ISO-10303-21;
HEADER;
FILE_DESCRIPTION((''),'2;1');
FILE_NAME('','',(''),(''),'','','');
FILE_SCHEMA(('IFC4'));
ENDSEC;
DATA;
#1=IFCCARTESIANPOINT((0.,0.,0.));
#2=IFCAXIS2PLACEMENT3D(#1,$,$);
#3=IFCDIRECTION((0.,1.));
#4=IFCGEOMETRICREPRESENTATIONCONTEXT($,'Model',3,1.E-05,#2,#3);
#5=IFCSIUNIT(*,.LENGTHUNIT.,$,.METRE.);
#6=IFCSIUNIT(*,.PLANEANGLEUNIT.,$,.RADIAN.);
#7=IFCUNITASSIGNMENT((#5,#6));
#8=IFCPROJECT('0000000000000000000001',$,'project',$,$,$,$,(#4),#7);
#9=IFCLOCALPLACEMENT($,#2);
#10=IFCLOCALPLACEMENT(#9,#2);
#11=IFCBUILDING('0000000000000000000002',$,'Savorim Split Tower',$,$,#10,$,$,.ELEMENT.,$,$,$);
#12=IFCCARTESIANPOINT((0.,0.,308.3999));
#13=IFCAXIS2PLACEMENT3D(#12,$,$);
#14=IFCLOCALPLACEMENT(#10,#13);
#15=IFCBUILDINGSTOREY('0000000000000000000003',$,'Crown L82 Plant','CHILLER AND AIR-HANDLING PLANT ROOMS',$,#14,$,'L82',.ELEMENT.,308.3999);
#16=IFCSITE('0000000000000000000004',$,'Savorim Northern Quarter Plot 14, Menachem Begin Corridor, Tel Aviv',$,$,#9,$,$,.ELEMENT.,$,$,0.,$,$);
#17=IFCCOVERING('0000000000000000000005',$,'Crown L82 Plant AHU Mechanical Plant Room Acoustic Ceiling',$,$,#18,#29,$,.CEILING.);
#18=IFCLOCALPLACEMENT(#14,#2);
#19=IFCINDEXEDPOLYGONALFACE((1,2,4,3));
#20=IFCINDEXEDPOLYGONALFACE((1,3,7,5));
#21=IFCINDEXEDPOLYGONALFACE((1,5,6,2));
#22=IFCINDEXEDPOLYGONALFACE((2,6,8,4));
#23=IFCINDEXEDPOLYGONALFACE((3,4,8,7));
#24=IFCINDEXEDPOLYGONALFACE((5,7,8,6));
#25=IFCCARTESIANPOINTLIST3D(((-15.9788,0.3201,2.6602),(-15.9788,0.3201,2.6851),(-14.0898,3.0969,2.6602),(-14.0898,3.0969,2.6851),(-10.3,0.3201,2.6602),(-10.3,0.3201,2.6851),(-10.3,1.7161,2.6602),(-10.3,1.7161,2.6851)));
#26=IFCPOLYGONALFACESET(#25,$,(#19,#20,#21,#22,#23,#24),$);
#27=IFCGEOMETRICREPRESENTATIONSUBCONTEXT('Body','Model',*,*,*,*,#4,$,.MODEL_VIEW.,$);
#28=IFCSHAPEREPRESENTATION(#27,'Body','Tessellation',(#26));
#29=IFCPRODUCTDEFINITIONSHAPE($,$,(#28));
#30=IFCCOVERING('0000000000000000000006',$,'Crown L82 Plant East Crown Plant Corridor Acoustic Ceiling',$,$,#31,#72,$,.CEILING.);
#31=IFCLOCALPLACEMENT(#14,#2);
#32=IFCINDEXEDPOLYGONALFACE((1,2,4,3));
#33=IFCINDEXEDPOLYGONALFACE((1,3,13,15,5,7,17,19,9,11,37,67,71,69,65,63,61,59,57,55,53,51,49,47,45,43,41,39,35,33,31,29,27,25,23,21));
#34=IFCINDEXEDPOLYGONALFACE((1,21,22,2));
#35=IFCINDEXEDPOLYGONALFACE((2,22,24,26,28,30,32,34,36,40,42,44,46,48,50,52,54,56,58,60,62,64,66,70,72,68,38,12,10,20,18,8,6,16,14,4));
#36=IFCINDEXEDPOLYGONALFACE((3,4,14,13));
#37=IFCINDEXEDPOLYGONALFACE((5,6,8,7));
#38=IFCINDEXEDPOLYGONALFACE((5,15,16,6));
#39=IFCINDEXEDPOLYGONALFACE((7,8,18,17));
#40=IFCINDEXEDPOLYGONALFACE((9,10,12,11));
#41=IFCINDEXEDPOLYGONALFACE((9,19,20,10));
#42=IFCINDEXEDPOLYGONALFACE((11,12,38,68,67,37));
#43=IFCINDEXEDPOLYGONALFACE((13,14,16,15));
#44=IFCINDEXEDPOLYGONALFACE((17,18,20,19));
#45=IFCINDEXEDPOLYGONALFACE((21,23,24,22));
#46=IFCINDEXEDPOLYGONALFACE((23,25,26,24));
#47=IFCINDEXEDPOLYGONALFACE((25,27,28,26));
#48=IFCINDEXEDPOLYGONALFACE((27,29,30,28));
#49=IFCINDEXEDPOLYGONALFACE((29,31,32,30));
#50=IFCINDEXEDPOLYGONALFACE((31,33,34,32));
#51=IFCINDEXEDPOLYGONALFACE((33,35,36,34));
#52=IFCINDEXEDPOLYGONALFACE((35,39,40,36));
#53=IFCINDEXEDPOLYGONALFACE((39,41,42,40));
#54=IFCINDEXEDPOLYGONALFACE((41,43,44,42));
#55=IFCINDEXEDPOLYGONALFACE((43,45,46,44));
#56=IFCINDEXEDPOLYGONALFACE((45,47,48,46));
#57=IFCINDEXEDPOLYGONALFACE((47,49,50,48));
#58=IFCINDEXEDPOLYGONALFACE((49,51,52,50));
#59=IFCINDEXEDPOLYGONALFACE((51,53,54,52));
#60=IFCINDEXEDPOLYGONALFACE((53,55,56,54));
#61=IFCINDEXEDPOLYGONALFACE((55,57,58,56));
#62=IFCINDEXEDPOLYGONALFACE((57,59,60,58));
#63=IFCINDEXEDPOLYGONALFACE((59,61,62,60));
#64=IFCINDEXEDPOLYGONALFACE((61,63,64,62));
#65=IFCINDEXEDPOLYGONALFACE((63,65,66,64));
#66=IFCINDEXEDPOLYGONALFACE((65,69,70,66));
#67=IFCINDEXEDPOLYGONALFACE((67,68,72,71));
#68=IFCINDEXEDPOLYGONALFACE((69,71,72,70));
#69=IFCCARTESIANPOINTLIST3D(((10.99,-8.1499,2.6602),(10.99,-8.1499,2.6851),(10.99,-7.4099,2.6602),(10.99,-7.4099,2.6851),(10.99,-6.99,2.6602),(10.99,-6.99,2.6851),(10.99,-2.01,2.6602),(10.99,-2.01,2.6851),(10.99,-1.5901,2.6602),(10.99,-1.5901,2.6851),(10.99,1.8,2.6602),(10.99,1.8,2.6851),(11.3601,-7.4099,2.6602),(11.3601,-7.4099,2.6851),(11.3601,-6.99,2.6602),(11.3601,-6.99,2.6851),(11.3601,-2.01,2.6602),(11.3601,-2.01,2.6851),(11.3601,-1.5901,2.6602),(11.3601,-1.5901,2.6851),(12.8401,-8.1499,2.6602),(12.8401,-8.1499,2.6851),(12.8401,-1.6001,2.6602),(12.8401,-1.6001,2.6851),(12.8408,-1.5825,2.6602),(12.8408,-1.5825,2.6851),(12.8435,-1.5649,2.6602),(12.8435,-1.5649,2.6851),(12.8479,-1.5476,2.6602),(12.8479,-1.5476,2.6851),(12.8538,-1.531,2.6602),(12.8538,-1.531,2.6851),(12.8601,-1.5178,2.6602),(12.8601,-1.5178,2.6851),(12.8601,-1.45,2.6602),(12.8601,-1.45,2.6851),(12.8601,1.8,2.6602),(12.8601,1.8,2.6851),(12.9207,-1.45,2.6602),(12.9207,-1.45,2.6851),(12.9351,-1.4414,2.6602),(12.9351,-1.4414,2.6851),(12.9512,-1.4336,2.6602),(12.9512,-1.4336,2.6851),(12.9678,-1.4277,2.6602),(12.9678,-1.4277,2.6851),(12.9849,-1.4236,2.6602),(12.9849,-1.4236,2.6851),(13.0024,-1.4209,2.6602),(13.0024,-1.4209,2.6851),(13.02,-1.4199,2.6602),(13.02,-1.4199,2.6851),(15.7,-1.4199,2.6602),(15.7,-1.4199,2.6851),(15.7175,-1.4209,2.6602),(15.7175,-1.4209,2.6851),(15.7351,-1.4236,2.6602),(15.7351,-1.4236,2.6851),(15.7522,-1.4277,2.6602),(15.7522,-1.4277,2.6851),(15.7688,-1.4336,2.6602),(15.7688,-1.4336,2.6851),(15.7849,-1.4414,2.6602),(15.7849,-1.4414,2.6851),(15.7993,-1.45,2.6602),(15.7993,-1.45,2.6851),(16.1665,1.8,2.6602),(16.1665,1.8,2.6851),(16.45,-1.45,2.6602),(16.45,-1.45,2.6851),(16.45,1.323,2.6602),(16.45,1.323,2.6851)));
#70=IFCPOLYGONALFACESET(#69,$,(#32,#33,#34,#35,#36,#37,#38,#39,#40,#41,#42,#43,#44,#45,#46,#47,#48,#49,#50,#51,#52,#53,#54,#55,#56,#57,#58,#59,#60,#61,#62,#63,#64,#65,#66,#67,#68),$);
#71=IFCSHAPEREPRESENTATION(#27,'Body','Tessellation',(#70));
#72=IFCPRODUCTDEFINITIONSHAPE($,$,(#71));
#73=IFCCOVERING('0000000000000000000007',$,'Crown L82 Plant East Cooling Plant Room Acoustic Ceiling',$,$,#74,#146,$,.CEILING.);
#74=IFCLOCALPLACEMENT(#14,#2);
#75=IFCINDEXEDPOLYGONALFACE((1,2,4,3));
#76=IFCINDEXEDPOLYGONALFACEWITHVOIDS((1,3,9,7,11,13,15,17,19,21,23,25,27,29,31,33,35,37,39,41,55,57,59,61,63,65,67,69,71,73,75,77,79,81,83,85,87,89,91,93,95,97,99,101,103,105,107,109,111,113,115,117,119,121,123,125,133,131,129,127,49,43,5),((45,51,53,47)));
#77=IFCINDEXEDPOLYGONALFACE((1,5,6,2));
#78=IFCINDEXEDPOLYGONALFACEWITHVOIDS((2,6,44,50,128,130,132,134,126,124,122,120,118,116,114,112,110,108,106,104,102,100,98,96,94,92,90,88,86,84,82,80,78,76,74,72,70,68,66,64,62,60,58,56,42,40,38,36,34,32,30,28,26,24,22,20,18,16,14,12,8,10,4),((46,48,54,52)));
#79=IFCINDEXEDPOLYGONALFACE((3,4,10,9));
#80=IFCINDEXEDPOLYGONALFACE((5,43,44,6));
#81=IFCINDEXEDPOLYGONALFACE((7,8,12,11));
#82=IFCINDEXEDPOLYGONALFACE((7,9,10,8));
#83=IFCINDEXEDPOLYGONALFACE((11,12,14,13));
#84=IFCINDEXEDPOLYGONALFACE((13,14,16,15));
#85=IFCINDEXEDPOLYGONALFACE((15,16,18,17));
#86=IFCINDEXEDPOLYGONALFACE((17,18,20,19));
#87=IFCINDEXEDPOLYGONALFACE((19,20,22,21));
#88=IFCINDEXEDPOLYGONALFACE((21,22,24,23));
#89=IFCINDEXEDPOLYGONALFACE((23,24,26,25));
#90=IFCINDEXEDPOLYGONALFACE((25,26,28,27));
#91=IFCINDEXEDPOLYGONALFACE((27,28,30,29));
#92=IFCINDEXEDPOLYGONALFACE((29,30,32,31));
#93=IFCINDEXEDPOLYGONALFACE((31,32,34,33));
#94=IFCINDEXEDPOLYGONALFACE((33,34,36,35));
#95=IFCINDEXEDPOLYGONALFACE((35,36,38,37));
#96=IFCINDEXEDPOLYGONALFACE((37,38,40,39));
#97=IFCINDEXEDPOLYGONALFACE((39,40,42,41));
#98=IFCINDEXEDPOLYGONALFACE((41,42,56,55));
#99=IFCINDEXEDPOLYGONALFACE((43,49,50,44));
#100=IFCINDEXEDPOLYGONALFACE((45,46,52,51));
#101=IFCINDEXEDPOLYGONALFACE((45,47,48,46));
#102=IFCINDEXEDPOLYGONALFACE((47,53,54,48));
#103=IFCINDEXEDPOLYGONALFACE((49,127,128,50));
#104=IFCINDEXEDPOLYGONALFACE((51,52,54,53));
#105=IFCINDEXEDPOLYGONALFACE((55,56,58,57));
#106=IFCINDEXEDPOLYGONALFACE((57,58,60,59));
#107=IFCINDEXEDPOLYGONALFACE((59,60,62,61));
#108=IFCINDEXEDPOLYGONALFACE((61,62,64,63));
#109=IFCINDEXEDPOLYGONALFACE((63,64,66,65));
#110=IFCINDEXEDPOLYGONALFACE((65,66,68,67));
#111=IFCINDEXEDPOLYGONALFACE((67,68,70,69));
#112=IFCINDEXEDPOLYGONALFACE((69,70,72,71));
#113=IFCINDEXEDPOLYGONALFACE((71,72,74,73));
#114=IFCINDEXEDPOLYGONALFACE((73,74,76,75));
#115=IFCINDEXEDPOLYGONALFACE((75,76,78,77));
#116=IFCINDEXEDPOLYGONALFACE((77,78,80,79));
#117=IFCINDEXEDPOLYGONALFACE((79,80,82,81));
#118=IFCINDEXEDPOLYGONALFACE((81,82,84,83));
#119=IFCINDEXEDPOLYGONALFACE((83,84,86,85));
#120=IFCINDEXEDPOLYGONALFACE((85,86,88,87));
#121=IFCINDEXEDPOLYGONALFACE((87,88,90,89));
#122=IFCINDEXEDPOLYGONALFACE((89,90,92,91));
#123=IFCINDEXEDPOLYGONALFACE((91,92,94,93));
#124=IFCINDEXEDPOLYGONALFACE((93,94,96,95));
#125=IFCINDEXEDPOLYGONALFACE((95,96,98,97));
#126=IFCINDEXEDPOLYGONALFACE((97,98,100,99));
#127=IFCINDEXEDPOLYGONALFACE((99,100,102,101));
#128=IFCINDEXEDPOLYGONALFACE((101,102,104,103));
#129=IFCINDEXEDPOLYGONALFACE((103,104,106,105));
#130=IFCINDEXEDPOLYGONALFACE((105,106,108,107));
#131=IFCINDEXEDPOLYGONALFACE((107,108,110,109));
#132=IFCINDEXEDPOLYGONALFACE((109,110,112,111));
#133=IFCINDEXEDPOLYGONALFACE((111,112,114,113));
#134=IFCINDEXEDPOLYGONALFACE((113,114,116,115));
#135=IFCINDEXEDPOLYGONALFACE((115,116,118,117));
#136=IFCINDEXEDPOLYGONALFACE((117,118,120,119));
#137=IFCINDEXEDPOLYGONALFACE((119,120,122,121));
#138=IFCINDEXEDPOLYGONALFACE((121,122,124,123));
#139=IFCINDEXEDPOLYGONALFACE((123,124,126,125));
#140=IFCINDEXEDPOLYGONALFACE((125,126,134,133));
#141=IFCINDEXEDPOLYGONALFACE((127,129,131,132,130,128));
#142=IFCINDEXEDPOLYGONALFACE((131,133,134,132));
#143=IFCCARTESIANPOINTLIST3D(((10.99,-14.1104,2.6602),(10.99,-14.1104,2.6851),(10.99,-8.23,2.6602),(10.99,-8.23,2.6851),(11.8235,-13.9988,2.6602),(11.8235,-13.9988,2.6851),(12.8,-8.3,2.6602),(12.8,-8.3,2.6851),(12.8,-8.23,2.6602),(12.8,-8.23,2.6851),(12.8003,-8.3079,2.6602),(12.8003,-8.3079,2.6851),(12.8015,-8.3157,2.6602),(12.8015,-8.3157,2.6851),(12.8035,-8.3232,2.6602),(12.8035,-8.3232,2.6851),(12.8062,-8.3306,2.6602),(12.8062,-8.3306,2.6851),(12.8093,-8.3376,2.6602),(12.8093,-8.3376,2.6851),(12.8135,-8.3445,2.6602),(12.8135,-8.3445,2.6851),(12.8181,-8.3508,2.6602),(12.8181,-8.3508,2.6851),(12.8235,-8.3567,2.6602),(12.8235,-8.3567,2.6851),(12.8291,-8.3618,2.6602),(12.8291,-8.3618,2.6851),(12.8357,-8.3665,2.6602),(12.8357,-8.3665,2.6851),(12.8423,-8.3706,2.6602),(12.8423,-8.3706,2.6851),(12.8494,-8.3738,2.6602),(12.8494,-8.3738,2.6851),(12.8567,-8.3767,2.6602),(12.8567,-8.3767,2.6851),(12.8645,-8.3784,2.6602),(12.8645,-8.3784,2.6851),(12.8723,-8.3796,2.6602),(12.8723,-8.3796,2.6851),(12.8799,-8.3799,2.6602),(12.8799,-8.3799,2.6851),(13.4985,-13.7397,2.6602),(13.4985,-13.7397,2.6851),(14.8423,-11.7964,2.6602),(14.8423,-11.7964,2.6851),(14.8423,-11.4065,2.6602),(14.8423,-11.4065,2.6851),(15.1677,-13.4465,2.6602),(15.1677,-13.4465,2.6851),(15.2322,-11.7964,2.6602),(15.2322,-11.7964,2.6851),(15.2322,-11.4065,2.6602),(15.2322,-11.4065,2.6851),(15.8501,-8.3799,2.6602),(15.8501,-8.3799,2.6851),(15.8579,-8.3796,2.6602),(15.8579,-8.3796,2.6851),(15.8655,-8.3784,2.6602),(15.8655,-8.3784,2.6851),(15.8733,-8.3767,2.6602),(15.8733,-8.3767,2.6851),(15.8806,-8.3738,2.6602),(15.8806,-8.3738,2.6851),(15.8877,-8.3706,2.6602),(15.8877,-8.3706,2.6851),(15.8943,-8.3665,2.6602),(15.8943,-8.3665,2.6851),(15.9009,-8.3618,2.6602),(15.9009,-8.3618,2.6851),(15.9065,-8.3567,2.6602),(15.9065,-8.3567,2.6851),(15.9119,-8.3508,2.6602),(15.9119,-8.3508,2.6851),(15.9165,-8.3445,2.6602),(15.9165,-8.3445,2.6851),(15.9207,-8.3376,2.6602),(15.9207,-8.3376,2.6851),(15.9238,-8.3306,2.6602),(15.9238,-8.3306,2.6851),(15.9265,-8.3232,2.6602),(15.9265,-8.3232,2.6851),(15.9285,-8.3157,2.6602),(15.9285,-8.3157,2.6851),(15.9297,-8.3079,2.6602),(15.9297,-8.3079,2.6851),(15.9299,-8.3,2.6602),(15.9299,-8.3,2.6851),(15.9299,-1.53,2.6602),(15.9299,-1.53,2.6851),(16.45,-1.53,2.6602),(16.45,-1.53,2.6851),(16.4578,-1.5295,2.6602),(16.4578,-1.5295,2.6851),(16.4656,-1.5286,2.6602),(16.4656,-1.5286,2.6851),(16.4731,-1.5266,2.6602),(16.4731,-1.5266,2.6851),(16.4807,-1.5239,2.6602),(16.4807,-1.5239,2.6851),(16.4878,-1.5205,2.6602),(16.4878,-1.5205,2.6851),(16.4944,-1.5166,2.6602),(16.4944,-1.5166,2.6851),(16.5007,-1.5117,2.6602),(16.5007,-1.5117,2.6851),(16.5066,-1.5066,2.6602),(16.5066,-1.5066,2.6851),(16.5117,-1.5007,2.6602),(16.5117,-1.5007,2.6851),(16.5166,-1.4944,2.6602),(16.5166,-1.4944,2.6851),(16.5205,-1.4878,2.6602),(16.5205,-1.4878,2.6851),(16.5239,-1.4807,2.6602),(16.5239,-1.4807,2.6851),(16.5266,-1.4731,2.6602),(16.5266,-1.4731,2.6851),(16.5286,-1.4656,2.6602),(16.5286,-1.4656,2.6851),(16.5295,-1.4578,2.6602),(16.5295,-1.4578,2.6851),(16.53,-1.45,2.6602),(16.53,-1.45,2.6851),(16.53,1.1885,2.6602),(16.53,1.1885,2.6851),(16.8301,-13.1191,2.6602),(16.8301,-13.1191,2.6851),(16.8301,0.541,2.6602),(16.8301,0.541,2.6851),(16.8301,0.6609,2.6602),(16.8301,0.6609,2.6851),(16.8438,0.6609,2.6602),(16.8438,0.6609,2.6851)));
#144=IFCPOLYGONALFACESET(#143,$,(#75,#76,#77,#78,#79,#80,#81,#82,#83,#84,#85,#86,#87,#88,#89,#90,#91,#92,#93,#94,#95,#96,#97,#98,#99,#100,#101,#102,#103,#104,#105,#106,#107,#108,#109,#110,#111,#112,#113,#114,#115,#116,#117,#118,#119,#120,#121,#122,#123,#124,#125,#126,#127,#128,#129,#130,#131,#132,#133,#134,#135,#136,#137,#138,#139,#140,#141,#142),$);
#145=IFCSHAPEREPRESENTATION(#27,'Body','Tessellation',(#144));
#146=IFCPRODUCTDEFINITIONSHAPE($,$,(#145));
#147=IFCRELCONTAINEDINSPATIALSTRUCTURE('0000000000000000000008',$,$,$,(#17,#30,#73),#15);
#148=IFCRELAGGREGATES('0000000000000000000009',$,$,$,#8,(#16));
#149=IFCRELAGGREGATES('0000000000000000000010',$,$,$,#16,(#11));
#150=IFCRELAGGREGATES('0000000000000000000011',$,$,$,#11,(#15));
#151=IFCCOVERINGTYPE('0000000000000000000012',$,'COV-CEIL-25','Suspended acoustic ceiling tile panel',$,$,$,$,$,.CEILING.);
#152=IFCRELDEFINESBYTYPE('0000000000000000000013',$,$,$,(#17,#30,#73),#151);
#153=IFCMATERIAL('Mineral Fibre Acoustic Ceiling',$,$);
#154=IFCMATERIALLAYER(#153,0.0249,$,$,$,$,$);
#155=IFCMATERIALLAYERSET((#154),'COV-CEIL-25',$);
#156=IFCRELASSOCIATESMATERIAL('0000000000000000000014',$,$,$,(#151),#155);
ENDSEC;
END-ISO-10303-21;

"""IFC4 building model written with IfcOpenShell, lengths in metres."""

from ifc_helpers import new_model, si_unit, direction, frame, origin, place, context, subcontext, project, spatial, polyline, outline, extrude, material, layer, layer_set, type_object, element, save


model = new_model("IFC4")

# Units and contexts
model_context = context("Model", 3, precision=1e-05, world=origin(), true_north=direction((0.0, 1.0)))
body_context = subcontext(model_context, "Body", "Model", "MODEL_VIEW")
ifc_project = project(units=[si_unit("LENGTHUNIT", "METRE"), si_unit("PLANEANGLEUNIT", "RADIAN")], contexts=[model_context])

# Site, building, storey
site_placement = place(None, origin())
site = spatial("IfcSite", under=ifc_project, at=site_placement, Name="Savorim Northern Quarter Plot 14, Menachem Begin Corridor, Tel Aviv", CompositionType="ELEMENT", RefElevation=0.0)
building_placement = place(site_placement, origin())
building = spatial("IfcBuilding", under=site, at=building_placement, Name="Savorim Split Tower", CompositionType="ELEMENT")
storey_placement = place(building_placement, frame((0.0, 0.0, 308.3999)))
storey = spatial("IfcBuildingStorey", under=building, at=storey_placement, Name="Crown L82 Plant", Description="CHILLER AND AIR-HANDLING PLANT ROOMS", LongName="L82", CompositionType="ELEMENT", Elevation=308.3999)

# Coverings
ifc_material_1 = material(Name="Mineral Fibre Acoustic Ceiling")
ifc_layer_1 = layer(ifc_material_1, 0.0249)
ifc_layer_set_1 = layer_set([ifc_layer_1], Name="COV-CEIL-25")
covering_type_1 = type_object("IfcCoveringType", Name="COV-CEIL-25", Description="Suspended acoustic ceiling tile panel", PredefinedType="CEILING", material=ifc_layer_set_1)
covering_1_placement = place(storey_placement, frame((0.0, 0.0, 2.6602)))
element("IfcCovering", 1, at=covering_1_placement, inside=storey, type_object=covering_type_1, Name="Crown L82 Plant AHU Mechanical Plant Room Acoustic Ceiling", PredefinedType="CEILING", context=body_context, shape_type="SweptSolid", body=[
    extrude(outline(polyline([(-10.3, 0.3201), (-10.3, 1.7161), (-14.0898, 3.0969), (-15.9788, 0.3201), (-10.3, 0.3201)])), origin(), (0.0, 0.0, 1.0), 0.0249),
])
covering_2_placement = place(storey_placement, frame((0.0, 0.0, 2.6602)))
element("IfcCovering", 2, at=covering_2_placement, inside=storey, type_object=covering_type_1, Name="Crown L82 Plant East Crown Plant Corridor Acoustic Ceiling", PredefinedType="CEILING", context=body_context, shape_type="SweptSolid", body=[
    extrude(outline(polyline([(16.1665, 1.8), (12.8601, 1.8), (10.99, 1.8), (10.99, -1.5901), (11.3601, -1.5901), (11.3601, -2.01), (10.99, -2.01), (10.99, -6.99), (11.3601, -6.99), (11.3601, -7.4099), (10.99, -7.4099), (10.99, -8.1499), (12.8401, -8.1499), (12.8401, -1.6001), (12.8408, -1.5825), (12.8435, -1.5649), (12.8479, -1.5476), (12.8538, -1.531), (12.8601, -1.5178), (12.8601, -1.45), (12.9207, -1.45), (12.9351, -1.4414), (12.9512, -1.4336), (12.9678, -1.4277), (12.9849, -1.4236), (13.0024, -1.4209), (13.02, -1.4199), (15.7, -1.4199), (15.7175, -1.4209), (15.7351, -1.4236), (15.7522, -1.4277), (15.7688, -1.4336), (15.7849, -1.4414), (15.7993, -1.45), (16.45, -1.45), (16.45, 1.323), (16.1665, 1.8)])), origin(), (0.0, 0.0, 1.0), 0.0249),
])
covering_3_placement = place(storey_placement, frame((0.0, 0.0, 2.6602)))
element("IfcCovering", 3, at=covering_3_placement, inside=storey, type_object=covering_type_1, Name="Crown L82 Plant East Cooling Plant Room Acoustic Ceiling", PredefinedType="CEILING", context=body_context, shape_type="SweptSolid", body=[
    extrude(outline(polyline([(11.8235, -13.9988), (13.4985, -13.7397), (15.1677, -13.4465), (16.8301, -13.1191), (16.8301, 0.541), (16.8301, 0.6609), (16.8438, 0.6609), (16.53, 1.1885), (16.53, -1.45), (16.5295, -1.4578), (16.5286, -1.4656), (16.5266, -1.4731), (16.5239, -1.4807), (16.5205, -1.4878), (16.5166, -1.4944), (16.5117, -1.5007), (16.5066, -1.5066), (16.5007, -1.5117), (16.4944, -1.5166), (16.4878, -1.5205), (16.4807, -1.5239), (16.4731, -1.5266), (16.4656, -1.5286), (16.4578, -1.5295), (16.45, -1.53), (15.9299, -1.53), (15.9299, -8.3), (15.9297, -8.3079), (15.9285, -8.3157), (15.9265, -8.3232), (15.9238, -8.3306), (15.9207, -8.3376), (15.9165, -8.3445), (15.9119, -8.3508), (15.9065, -8.3567), (15.9009, -8.3618), (15.8943, -8.3665), (15.8877, -8.3706), (15.8806, -8.3738), (15.8733, -8.3767), (15.8655, -8.3784), (15.8579, -8.3796), (15.8501, -8.3799), (12.8799, -8.3799), (12.8723, -8.3796), (12.8645, -8.3784), (12.8567, -8.3767), (12.8494, -8.3738), (12.8423, -8.3706), (12.8357, -8.3665), (12.8291, -8.3618), (12.8235, -8.3567), (12.8181, -8.3508), (12.8135, -8.3445), (12.8093, -8.3376), (12.8062, -8.3306), (12.8035, -8.3232), (12.8015, -8.3157), (12.8003, -8.3079), (12.8, -8.3), (12.8, -8.23), (10.99, -8.23), (10.99, -14.1104), (11.8235, -13.9988)]), holes=[polyline([(14.8423, -11.4065), (14.8423, -11.7964), (15.2322, -11.7964), (15.2322, -11.4065), (14.8423, -11.4065)])]), origin(), (0.0, 0.0, 1.0), 0.0249),
])

save(model, "model.ifc")
